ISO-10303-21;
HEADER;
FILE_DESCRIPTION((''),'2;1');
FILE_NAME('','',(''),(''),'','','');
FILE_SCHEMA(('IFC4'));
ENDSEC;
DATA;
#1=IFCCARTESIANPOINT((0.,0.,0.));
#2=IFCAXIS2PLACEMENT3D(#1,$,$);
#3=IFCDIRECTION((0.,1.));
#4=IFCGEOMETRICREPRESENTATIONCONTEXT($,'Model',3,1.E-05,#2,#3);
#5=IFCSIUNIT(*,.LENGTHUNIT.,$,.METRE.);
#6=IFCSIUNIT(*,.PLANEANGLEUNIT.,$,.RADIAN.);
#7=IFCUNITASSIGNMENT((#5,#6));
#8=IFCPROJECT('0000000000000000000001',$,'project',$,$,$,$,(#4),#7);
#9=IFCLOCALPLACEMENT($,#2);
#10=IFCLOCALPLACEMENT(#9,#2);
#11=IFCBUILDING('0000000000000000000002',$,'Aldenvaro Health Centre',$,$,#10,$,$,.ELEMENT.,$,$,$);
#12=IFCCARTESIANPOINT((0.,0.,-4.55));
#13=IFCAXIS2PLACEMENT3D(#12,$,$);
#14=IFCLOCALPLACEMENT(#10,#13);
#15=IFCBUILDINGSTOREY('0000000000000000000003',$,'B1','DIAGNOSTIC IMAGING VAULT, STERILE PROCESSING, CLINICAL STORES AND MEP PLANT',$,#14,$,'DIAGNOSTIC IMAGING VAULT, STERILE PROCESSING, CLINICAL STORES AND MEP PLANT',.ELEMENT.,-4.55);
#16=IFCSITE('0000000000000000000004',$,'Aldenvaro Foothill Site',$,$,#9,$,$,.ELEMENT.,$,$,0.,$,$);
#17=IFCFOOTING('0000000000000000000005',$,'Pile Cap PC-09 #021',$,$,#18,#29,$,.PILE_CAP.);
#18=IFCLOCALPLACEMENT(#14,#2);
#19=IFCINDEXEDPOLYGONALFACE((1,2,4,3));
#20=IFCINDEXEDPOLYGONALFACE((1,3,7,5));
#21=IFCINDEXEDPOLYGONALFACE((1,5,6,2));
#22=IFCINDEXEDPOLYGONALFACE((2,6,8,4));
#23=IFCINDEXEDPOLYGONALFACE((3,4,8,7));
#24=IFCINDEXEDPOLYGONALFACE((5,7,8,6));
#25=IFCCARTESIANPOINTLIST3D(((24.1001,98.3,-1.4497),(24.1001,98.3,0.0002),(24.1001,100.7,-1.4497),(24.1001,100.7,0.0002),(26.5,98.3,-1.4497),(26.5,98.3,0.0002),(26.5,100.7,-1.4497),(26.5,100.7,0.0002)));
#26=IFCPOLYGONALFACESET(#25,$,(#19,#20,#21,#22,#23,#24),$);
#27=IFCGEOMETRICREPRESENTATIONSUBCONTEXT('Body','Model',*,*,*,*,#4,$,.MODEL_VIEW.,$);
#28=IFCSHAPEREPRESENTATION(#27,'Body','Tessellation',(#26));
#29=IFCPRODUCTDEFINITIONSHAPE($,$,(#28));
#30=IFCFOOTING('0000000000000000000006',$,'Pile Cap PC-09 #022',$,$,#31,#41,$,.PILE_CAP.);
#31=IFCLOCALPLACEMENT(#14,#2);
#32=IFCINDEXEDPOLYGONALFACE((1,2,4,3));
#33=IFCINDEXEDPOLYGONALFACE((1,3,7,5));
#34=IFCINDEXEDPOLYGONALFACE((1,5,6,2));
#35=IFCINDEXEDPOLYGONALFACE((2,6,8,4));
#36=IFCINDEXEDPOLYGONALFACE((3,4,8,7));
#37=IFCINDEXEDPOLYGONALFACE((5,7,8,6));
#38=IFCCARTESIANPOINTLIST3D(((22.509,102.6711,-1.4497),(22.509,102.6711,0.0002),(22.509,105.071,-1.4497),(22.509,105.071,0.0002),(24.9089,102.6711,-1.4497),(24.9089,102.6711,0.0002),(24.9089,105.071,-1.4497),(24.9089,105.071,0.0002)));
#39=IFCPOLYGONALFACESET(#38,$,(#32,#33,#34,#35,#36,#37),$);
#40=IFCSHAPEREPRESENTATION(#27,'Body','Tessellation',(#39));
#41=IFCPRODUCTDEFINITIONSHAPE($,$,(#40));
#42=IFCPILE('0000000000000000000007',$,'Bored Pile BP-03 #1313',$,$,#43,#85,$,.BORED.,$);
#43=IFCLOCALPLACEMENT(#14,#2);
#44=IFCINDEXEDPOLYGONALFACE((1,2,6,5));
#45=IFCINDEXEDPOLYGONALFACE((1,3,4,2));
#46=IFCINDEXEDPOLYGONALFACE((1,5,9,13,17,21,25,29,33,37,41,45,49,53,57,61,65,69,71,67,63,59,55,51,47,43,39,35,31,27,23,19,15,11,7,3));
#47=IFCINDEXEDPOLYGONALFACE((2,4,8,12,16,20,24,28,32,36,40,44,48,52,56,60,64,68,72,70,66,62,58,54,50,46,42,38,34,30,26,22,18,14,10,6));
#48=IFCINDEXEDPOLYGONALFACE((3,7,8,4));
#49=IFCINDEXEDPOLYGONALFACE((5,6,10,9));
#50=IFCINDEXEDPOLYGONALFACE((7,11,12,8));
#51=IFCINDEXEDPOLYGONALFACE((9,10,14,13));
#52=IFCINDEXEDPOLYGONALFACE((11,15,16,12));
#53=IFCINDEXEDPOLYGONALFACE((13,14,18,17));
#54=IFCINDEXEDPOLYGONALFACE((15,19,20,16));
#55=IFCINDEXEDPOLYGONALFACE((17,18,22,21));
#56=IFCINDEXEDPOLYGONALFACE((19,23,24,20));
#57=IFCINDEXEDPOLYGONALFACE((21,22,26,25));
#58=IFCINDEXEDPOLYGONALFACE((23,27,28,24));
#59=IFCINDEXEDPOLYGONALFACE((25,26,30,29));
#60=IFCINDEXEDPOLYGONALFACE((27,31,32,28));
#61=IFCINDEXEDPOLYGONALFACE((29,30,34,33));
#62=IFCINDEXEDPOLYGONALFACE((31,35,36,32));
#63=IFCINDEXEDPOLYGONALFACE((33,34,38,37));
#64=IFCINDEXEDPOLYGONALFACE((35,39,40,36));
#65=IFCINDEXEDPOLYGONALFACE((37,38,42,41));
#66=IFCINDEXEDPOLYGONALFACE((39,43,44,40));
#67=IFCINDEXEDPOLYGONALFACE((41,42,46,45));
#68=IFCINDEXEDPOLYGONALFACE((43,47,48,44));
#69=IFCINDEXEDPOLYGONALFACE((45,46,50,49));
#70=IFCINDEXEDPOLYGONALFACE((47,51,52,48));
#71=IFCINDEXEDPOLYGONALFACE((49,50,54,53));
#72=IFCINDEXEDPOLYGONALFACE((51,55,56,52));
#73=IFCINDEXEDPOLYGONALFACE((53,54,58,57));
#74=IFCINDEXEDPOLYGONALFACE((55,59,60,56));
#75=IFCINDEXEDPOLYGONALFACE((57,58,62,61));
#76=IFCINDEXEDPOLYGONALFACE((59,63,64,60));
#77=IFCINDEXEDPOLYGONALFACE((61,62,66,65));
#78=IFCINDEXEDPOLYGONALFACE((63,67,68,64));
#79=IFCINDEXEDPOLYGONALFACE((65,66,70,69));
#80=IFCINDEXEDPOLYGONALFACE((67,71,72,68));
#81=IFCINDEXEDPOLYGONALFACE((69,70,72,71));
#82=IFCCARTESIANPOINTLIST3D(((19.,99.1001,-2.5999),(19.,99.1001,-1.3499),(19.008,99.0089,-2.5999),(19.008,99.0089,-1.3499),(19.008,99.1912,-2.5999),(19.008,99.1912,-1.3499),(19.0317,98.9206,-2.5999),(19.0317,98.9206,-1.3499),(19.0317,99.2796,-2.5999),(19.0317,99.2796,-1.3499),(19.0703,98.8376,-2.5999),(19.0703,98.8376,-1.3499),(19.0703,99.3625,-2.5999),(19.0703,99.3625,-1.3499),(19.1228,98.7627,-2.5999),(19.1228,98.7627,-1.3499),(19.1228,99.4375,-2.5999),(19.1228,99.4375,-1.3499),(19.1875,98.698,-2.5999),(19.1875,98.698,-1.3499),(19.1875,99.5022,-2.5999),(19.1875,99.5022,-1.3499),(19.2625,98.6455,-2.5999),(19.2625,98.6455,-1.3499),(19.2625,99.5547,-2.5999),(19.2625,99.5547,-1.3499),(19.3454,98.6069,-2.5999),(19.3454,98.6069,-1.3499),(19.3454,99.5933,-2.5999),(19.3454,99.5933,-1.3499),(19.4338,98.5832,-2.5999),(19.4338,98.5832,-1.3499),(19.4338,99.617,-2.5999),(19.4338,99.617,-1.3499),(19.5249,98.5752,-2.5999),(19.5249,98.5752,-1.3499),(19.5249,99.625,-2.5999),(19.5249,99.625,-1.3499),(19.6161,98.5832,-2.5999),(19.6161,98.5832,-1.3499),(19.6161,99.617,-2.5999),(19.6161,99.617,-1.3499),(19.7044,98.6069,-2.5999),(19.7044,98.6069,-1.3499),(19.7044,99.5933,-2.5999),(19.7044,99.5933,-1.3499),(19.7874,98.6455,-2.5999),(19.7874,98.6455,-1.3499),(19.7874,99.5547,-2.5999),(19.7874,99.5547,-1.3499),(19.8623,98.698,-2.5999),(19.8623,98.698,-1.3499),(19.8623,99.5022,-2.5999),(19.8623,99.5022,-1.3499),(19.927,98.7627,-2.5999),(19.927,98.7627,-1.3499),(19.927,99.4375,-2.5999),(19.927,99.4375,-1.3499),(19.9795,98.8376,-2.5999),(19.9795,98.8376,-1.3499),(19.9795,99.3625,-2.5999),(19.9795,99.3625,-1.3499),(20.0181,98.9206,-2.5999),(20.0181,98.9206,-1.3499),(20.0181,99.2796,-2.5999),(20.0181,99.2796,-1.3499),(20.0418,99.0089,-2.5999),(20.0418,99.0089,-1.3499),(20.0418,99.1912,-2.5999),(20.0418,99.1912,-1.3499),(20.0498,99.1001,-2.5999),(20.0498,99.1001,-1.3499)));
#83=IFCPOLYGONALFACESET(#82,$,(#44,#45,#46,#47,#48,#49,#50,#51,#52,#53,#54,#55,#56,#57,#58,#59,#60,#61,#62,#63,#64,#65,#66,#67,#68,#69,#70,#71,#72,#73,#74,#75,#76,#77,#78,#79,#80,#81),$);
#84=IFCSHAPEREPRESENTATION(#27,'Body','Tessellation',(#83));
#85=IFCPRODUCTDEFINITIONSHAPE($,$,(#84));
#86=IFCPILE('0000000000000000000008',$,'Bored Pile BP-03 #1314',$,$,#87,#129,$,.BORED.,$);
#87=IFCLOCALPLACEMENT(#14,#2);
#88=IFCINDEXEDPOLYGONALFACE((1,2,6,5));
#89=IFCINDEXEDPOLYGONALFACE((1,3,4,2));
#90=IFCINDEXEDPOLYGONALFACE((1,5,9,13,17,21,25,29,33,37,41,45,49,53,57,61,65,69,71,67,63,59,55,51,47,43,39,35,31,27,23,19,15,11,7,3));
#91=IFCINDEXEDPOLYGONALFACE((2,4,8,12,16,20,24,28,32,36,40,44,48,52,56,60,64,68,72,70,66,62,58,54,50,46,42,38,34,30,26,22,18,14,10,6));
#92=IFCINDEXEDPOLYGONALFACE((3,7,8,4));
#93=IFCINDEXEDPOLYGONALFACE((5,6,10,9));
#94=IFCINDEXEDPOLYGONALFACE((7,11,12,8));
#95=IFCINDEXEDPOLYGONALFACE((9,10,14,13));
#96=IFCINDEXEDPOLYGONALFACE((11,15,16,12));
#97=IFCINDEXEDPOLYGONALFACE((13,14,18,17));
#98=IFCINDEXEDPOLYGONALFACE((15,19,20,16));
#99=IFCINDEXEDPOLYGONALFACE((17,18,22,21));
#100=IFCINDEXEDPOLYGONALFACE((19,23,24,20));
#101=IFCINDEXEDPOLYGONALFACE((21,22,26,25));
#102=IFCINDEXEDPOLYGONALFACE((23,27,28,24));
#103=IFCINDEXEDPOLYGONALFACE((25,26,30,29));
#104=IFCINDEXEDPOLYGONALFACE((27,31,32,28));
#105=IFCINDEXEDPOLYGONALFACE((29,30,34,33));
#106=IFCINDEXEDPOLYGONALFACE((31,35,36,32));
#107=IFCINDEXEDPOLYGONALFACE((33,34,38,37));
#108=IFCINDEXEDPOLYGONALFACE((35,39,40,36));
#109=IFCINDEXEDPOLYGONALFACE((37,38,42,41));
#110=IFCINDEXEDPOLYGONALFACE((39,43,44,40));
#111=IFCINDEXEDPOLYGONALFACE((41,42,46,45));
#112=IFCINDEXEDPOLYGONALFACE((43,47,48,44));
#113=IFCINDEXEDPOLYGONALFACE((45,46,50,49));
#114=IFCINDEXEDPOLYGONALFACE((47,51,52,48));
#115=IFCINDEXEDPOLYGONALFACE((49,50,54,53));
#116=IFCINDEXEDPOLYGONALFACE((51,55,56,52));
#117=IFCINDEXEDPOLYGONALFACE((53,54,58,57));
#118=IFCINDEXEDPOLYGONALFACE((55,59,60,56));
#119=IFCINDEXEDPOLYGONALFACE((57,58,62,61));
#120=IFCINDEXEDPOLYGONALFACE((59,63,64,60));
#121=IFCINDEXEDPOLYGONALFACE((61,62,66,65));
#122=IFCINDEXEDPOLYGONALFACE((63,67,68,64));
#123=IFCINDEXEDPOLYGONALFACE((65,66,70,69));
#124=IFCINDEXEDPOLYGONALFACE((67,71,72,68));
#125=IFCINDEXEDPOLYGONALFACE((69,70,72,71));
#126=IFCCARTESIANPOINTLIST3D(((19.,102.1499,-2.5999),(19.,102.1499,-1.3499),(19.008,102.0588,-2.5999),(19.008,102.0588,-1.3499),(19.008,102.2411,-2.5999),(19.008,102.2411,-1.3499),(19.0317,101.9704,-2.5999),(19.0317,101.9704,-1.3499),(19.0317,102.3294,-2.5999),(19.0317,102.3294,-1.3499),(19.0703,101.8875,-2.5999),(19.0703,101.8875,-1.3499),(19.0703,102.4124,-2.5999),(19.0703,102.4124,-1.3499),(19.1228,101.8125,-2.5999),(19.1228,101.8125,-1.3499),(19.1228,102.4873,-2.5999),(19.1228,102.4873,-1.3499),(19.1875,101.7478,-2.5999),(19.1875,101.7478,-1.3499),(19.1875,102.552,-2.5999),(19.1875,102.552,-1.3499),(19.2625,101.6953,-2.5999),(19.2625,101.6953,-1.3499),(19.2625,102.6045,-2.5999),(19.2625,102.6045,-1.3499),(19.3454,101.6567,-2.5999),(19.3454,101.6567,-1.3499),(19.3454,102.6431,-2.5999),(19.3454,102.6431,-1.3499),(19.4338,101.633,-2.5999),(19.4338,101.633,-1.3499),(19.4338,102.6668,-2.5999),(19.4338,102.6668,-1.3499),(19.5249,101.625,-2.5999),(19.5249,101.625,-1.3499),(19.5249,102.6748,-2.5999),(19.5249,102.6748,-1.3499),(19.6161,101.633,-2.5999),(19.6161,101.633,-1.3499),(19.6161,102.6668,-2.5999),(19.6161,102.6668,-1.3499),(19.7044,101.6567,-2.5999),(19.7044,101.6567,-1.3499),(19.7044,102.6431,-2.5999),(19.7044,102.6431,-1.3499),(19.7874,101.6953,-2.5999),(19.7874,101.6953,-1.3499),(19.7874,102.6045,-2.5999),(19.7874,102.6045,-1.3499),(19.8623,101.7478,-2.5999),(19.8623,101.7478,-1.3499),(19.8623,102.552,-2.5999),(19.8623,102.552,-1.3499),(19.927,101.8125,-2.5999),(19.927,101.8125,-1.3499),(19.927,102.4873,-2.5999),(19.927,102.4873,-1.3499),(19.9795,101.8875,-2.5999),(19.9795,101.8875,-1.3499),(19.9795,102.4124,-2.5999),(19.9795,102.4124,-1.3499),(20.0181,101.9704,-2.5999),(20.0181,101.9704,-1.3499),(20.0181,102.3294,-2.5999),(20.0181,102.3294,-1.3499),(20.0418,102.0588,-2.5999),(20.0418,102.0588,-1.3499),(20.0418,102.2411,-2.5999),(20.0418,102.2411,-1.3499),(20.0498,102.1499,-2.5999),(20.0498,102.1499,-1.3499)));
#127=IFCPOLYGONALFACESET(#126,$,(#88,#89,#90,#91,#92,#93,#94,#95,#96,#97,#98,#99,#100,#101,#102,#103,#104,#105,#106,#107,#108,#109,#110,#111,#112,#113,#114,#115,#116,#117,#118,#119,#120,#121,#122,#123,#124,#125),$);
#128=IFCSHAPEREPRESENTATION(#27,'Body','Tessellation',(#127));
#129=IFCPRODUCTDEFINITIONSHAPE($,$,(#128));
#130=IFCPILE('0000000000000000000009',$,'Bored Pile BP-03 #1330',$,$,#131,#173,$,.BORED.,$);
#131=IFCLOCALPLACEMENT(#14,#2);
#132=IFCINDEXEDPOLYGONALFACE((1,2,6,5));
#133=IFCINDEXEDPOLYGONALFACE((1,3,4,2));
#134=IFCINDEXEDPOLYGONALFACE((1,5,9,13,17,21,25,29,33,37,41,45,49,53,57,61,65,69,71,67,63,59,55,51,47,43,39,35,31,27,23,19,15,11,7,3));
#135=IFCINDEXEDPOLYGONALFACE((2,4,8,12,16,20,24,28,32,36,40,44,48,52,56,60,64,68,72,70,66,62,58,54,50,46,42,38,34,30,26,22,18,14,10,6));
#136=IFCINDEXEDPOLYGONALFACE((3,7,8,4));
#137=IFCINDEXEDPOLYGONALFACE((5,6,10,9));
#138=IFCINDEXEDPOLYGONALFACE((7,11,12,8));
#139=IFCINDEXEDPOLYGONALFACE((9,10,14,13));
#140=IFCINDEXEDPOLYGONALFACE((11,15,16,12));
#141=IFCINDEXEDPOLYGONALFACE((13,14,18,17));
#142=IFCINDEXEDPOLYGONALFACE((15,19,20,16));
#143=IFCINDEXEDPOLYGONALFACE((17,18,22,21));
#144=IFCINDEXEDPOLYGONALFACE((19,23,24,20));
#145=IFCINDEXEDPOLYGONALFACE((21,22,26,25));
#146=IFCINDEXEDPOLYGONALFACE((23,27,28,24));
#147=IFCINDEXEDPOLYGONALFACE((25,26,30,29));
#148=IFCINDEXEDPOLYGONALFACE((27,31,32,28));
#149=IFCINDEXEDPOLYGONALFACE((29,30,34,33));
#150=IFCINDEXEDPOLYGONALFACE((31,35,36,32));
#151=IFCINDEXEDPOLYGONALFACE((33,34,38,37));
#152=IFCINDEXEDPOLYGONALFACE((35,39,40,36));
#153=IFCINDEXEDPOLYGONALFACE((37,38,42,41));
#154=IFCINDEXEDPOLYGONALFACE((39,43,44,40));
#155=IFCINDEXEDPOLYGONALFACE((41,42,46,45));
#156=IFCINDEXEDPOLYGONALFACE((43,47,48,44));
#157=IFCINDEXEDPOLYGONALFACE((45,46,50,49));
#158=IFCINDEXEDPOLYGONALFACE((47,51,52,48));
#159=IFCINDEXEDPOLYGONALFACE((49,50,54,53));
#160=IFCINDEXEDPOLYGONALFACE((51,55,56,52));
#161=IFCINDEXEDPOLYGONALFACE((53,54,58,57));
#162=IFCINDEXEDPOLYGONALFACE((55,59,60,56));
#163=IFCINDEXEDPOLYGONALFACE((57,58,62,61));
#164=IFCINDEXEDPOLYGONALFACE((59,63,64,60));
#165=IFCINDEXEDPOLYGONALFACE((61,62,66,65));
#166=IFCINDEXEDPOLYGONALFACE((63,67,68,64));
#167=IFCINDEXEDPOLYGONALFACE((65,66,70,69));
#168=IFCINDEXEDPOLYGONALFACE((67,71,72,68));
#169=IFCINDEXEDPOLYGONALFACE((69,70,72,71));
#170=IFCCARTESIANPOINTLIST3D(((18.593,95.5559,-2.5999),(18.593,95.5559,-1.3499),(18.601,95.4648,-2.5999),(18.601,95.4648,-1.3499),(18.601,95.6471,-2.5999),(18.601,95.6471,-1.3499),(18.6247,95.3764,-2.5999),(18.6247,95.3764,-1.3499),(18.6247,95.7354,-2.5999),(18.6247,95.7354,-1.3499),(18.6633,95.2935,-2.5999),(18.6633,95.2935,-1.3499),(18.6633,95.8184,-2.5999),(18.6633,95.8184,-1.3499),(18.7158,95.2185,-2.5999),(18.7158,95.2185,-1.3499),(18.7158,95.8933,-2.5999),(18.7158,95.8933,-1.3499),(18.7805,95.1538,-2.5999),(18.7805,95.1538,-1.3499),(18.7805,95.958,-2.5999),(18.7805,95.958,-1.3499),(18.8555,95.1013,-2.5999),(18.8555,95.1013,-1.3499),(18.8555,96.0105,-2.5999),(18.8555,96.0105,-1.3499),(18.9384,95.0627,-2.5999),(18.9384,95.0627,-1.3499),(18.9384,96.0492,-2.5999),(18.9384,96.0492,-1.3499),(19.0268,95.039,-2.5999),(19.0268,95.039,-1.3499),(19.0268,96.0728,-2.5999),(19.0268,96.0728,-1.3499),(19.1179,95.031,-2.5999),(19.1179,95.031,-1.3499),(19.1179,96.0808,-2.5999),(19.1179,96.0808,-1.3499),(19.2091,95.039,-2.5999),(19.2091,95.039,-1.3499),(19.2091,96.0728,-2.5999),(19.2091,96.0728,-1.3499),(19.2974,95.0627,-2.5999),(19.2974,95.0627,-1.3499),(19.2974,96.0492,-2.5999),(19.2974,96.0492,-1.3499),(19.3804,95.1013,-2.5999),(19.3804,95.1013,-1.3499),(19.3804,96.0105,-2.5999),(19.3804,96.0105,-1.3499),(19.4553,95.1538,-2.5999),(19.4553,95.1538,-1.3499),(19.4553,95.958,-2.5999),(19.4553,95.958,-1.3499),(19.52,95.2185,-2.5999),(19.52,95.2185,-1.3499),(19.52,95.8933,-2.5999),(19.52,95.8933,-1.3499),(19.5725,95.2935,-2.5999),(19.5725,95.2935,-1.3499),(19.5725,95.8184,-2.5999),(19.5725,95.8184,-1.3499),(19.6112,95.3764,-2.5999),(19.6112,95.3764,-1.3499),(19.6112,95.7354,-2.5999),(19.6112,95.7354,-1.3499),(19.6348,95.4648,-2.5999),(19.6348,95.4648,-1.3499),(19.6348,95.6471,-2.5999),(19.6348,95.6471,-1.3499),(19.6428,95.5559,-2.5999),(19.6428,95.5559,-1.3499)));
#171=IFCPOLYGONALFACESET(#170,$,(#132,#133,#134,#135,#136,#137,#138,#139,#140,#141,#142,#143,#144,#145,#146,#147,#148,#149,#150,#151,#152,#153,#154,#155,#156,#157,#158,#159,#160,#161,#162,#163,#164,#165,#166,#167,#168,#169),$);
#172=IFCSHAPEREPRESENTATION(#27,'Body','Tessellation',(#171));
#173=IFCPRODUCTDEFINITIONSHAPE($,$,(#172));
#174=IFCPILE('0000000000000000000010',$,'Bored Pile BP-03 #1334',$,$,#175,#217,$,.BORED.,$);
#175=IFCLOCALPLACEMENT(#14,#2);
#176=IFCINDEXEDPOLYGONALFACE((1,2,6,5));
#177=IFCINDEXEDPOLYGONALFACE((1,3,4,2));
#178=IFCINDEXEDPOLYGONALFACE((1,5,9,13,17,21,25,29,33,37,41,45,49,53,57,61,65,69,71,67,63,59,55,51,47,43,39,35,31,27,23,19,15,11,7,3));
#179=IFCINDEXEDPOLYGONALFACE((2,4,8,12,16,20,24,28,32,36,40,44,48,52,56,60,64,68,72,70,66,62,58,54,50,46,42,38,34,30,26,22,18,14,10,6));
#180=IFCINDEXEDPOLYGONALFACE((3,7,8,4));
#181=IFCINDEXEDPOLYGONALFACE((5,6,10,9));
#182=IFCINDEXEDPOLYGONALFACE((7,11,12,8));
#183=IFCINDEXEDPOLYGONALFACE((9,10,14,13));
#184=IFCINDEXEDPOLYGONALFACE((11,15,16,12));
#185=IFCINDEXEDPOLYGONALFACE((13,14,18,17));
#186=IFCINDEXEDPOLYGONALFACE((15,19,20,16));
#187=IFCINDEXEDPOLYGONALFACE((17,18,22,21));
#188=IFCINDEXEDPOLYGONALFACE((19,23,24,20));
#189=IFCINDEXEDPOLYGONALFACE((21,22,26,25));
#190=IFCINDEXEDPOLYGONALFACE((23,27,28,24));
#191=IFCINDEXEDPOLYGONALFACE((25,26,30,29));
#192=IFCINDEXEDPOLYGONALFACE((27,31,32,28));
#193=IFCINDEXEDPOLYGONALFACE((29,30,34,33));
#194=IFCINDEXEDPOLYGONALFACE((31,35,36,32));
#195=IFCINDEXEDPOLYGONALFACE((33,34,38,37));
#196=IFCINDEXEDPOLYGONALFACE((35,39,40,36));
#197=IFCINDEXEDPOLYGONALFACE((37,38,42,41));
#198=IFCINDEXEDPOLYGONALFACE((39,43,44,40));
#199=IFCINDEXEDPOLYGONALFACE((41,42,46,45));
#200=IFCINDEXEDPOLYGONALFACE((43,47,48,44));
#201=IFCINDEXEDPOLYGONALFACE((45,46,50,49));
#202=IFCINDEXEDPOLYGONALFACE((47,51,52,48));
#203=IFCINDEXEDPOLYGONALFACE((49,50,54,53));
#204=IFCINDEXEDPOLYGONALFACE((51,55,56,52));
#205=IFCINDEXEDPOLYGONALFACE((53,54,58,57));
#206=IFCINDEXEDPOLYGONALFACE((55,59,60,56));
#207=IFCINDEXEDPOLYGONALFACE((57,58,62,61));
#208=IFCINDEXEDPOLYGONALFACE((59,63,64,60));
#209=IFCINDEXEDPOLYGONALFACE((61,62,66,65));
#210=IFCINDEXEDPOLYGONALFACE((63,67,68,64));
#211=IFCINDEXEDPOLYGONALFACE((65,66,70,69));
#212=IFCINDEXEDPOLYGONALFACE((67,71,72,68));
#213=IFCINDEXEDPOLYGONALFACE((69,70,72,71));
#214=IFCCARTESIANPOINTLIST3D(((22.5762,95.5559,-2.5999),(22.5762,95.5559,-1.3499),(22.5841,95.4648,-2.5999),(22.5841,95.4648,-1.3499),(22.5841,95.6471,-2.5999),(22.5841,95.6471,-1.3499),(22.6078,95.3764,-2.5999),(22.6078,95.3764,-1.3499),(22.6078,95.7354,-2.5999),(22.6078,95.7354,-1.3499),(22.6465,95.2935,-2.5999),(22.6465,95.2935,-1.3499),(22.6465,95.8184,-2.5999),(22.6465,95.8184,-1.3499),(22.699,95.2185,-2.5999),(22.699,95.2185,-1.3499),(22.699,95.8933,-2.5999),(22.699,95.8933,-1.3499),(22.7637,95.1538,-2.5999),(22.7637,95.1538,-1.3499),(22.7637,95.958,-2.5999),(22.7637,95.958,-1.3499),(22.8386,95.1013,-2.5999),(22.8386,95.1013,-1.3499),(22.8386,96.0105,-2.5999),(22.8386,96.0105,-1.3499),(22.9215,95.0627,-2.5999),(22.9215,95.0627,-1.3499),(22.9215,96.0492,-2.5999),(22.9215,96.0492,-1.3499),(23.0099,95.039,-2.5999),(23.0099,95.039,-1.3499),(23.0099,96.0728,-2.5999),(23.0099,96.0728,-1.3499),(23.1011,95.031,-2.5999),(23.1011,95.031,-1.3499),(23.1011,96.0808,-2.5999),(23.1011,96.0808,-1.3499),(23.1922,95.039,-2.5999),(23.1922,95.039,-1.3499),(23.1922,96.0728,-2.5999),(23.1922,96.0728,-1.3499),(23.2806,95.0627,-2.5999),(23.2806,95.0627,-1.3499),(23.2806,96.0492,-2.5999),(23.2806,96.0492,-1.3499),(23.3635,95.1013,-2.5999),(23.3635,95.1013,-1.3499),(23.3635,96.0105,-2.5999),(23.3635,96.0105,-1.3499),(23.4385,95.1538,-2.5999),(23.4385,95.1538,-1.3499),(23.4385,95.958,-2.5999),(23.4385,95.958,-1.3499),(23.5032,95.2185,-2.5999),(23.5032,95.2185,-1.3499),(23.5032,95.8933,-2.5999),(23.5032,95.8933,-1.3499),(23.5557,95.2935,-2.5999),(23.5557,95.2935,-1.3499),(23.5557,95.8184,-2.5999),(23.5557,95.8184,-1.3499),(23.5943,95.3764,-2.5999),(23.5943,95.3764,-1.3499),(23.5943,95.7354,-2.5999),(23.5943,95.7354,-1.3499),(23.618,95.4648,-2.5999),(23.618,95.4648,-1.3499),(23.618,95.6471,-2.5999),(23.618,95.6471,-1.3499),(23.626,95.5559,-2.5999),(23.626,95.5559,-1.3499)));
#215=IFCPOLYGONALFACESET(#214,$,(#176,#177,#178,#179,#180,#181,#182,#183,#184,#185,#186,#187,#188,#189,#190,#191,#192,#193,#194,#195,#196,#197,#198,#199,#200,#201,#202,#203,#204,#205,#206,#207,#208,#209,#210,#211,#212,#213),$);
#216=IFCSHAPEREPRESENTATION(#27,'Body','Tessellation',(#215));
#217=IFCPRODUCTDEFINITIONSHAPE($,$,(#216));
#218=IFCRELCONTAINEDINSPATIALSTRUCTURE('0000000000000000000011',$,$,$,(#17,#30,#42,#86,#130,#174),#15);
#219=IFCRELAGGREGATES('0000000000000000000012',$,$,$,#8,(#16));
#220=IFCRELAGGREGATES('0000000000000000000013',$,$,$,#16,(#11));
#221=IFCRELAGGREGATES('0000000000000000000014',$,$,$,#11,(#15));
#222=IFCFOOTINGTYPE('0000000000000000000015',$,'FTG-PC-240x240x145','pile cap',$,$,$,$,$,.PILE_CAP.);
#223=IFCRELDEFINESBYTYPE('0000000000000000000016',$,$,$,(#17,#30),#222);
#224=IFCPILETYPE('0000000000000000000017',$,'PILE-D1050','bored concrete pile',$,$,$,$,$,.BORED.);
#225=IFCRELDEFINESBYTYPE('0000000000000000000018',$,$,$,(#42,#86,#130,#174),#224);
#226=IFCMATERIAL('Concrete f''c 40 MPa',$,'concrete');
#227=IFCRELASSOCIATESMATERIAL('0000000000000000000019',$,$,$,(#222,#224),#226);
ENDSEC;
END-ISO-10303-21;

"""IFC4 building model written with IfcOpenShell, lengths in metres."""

from ifc_helpers import new_model, si_unit, direction, frame, origin, origin_2d, place, context, subcontext, project, spatial, rectangle, circle, extrude, material, material_profile, profile_set, type_object, element, save


model = new_model("IFC4")

# Units and contexts
model_context = context("Model", 3, precision=1e-05, world=origin(), true_north=direction((0.0, 1.0)))
body_context = subcontext(model_context, "Body", "Model", "MODEL_VIEW")
ifc_project = project(units=[si_unit("LENGTHUNIT", "METRE"), si_unit("PLANEANGLEUNIT", "RADIAN")], contexts=[model_context])

# Site, building, storey
site_placement = place(None, origin())
site = spatial("IfcSite", under=ifc_project, at=site_placement, Name="Aldenvaro Foothill Site", CompositionType="ELEMENT", RefElevation=0.0)
building_placement = place(site_placement, origin())
building = spatial("IfcBuilding", under=site, at=building_placement, Name="Aldenvaro Health Centre", CompositionType="ELEMENT")
storey_placement = place(building_placement, frame((0.0, 0.0, -4.55)))
storey = spatial("IfcBuildingStorey", under=building, at=storey_placement, Name="B1", Description="DIAGNOSTIC IMAGING VAULT, STERILE PROCESSING, CLINICAL STORES AND MEP PLANT", LongName="DIAGNOSTIC IMAGING VAULT, STERILE PROCESSING, CLINICAL STORES AND MEP PLANT", CompositionType="ELEMENT", Elevation=-4.55)

# Footings
ifc_material_1 = material(Name="Concrete f'c 40 MPa", Category="concrete")
footing_type = type_object("IfcFootingType", Name="FTG-PC-240x240x145", Description="pile cap", PredefinedType="PILE_CAP", material=ifc_material_1)
for number, where, z_axis, x_axis, name in (
    (1, (25.3, 99.5, -1.4497), (0.0, 0.0, 1.0), (1.0, 0.0, 0.0), "Pile Cap PC-09 #021"),
    (2, (23.709, 103.8711, -1.4497), (0.0, 0.0, 1.0), (1.0, 0.0, 0.0), "Pile Cap PC-09 #022"),
):
    element("IfcFooting", number, at=place(storey_placement, frame(where, z_axis=z_axis, x_axis=x_axis)), inside=storey, type_object=footing_type, Name=name, PredefinedType="PILE_CAP", context=body_context, shape_type="SweptSolid", body=[
        extrude(rectangle(XDim=2.3999, YDim=2.3999, at=origin_2d()), origin(), (0.0, 0.0, 1.0), 1.45),
    ])

# Piles
ifc_material_profile_1 = material_profile(ifc_material_1, circle(Radius=0.5249, at=origin_2d()), Name="PILE D1050", Category="concrete")
ifc_profile_set_1 = profile_set([ifc_material_profile_1], Name="Concrete f'c 40 MPa")
pile_type = type_object("IfcPileType", Name="PILE-D1050", Description="bored concrete pile", PredefinedType="BORED", material=ifc_profile_set_1)
for number, where, z_axis, x_axis, name in (
    (3, (19.5249, 99.1001, -1.3499), (0.0, 0.0, -1.0), (1.0, 0.0, 0.0), "Bored Pile BP-03 #1313"),
    (4, (19.5249, 102.1499, -1.3499), (0.0, 0.0, -1.0), (1.0, 0.0, 0.0), "Bored Pile BP-03 #1314"),
    (5, (19.1179, 95.5559, -1.3499), (0.0, 0.0, -1.0), (1.0, 0.0, 0.0), "Bored Pile BP-03 #1330"),
    (6, (23.1011, 95.5559, -1.3499), (0.0, 0.0, -1.0), (1.0, 0.0, 0.0), "Bored Pile BP-03 #1334"),
):
    element("IfcPile", number, at=place(storey_placement, frame(where, z_axis=z_axis, x_axis=x_axis)), inside=storey, type_object=pile_type, Name=name, PredefinedType="BORED", context=body_context, shape_type="SweptSolid", body=[
        extrude(circle(Radius=0.5249, at=origin_2d()), origin(), (0.0, 0.0, 1.0), 1.25),
    ])

save(model, "model.ifc")
